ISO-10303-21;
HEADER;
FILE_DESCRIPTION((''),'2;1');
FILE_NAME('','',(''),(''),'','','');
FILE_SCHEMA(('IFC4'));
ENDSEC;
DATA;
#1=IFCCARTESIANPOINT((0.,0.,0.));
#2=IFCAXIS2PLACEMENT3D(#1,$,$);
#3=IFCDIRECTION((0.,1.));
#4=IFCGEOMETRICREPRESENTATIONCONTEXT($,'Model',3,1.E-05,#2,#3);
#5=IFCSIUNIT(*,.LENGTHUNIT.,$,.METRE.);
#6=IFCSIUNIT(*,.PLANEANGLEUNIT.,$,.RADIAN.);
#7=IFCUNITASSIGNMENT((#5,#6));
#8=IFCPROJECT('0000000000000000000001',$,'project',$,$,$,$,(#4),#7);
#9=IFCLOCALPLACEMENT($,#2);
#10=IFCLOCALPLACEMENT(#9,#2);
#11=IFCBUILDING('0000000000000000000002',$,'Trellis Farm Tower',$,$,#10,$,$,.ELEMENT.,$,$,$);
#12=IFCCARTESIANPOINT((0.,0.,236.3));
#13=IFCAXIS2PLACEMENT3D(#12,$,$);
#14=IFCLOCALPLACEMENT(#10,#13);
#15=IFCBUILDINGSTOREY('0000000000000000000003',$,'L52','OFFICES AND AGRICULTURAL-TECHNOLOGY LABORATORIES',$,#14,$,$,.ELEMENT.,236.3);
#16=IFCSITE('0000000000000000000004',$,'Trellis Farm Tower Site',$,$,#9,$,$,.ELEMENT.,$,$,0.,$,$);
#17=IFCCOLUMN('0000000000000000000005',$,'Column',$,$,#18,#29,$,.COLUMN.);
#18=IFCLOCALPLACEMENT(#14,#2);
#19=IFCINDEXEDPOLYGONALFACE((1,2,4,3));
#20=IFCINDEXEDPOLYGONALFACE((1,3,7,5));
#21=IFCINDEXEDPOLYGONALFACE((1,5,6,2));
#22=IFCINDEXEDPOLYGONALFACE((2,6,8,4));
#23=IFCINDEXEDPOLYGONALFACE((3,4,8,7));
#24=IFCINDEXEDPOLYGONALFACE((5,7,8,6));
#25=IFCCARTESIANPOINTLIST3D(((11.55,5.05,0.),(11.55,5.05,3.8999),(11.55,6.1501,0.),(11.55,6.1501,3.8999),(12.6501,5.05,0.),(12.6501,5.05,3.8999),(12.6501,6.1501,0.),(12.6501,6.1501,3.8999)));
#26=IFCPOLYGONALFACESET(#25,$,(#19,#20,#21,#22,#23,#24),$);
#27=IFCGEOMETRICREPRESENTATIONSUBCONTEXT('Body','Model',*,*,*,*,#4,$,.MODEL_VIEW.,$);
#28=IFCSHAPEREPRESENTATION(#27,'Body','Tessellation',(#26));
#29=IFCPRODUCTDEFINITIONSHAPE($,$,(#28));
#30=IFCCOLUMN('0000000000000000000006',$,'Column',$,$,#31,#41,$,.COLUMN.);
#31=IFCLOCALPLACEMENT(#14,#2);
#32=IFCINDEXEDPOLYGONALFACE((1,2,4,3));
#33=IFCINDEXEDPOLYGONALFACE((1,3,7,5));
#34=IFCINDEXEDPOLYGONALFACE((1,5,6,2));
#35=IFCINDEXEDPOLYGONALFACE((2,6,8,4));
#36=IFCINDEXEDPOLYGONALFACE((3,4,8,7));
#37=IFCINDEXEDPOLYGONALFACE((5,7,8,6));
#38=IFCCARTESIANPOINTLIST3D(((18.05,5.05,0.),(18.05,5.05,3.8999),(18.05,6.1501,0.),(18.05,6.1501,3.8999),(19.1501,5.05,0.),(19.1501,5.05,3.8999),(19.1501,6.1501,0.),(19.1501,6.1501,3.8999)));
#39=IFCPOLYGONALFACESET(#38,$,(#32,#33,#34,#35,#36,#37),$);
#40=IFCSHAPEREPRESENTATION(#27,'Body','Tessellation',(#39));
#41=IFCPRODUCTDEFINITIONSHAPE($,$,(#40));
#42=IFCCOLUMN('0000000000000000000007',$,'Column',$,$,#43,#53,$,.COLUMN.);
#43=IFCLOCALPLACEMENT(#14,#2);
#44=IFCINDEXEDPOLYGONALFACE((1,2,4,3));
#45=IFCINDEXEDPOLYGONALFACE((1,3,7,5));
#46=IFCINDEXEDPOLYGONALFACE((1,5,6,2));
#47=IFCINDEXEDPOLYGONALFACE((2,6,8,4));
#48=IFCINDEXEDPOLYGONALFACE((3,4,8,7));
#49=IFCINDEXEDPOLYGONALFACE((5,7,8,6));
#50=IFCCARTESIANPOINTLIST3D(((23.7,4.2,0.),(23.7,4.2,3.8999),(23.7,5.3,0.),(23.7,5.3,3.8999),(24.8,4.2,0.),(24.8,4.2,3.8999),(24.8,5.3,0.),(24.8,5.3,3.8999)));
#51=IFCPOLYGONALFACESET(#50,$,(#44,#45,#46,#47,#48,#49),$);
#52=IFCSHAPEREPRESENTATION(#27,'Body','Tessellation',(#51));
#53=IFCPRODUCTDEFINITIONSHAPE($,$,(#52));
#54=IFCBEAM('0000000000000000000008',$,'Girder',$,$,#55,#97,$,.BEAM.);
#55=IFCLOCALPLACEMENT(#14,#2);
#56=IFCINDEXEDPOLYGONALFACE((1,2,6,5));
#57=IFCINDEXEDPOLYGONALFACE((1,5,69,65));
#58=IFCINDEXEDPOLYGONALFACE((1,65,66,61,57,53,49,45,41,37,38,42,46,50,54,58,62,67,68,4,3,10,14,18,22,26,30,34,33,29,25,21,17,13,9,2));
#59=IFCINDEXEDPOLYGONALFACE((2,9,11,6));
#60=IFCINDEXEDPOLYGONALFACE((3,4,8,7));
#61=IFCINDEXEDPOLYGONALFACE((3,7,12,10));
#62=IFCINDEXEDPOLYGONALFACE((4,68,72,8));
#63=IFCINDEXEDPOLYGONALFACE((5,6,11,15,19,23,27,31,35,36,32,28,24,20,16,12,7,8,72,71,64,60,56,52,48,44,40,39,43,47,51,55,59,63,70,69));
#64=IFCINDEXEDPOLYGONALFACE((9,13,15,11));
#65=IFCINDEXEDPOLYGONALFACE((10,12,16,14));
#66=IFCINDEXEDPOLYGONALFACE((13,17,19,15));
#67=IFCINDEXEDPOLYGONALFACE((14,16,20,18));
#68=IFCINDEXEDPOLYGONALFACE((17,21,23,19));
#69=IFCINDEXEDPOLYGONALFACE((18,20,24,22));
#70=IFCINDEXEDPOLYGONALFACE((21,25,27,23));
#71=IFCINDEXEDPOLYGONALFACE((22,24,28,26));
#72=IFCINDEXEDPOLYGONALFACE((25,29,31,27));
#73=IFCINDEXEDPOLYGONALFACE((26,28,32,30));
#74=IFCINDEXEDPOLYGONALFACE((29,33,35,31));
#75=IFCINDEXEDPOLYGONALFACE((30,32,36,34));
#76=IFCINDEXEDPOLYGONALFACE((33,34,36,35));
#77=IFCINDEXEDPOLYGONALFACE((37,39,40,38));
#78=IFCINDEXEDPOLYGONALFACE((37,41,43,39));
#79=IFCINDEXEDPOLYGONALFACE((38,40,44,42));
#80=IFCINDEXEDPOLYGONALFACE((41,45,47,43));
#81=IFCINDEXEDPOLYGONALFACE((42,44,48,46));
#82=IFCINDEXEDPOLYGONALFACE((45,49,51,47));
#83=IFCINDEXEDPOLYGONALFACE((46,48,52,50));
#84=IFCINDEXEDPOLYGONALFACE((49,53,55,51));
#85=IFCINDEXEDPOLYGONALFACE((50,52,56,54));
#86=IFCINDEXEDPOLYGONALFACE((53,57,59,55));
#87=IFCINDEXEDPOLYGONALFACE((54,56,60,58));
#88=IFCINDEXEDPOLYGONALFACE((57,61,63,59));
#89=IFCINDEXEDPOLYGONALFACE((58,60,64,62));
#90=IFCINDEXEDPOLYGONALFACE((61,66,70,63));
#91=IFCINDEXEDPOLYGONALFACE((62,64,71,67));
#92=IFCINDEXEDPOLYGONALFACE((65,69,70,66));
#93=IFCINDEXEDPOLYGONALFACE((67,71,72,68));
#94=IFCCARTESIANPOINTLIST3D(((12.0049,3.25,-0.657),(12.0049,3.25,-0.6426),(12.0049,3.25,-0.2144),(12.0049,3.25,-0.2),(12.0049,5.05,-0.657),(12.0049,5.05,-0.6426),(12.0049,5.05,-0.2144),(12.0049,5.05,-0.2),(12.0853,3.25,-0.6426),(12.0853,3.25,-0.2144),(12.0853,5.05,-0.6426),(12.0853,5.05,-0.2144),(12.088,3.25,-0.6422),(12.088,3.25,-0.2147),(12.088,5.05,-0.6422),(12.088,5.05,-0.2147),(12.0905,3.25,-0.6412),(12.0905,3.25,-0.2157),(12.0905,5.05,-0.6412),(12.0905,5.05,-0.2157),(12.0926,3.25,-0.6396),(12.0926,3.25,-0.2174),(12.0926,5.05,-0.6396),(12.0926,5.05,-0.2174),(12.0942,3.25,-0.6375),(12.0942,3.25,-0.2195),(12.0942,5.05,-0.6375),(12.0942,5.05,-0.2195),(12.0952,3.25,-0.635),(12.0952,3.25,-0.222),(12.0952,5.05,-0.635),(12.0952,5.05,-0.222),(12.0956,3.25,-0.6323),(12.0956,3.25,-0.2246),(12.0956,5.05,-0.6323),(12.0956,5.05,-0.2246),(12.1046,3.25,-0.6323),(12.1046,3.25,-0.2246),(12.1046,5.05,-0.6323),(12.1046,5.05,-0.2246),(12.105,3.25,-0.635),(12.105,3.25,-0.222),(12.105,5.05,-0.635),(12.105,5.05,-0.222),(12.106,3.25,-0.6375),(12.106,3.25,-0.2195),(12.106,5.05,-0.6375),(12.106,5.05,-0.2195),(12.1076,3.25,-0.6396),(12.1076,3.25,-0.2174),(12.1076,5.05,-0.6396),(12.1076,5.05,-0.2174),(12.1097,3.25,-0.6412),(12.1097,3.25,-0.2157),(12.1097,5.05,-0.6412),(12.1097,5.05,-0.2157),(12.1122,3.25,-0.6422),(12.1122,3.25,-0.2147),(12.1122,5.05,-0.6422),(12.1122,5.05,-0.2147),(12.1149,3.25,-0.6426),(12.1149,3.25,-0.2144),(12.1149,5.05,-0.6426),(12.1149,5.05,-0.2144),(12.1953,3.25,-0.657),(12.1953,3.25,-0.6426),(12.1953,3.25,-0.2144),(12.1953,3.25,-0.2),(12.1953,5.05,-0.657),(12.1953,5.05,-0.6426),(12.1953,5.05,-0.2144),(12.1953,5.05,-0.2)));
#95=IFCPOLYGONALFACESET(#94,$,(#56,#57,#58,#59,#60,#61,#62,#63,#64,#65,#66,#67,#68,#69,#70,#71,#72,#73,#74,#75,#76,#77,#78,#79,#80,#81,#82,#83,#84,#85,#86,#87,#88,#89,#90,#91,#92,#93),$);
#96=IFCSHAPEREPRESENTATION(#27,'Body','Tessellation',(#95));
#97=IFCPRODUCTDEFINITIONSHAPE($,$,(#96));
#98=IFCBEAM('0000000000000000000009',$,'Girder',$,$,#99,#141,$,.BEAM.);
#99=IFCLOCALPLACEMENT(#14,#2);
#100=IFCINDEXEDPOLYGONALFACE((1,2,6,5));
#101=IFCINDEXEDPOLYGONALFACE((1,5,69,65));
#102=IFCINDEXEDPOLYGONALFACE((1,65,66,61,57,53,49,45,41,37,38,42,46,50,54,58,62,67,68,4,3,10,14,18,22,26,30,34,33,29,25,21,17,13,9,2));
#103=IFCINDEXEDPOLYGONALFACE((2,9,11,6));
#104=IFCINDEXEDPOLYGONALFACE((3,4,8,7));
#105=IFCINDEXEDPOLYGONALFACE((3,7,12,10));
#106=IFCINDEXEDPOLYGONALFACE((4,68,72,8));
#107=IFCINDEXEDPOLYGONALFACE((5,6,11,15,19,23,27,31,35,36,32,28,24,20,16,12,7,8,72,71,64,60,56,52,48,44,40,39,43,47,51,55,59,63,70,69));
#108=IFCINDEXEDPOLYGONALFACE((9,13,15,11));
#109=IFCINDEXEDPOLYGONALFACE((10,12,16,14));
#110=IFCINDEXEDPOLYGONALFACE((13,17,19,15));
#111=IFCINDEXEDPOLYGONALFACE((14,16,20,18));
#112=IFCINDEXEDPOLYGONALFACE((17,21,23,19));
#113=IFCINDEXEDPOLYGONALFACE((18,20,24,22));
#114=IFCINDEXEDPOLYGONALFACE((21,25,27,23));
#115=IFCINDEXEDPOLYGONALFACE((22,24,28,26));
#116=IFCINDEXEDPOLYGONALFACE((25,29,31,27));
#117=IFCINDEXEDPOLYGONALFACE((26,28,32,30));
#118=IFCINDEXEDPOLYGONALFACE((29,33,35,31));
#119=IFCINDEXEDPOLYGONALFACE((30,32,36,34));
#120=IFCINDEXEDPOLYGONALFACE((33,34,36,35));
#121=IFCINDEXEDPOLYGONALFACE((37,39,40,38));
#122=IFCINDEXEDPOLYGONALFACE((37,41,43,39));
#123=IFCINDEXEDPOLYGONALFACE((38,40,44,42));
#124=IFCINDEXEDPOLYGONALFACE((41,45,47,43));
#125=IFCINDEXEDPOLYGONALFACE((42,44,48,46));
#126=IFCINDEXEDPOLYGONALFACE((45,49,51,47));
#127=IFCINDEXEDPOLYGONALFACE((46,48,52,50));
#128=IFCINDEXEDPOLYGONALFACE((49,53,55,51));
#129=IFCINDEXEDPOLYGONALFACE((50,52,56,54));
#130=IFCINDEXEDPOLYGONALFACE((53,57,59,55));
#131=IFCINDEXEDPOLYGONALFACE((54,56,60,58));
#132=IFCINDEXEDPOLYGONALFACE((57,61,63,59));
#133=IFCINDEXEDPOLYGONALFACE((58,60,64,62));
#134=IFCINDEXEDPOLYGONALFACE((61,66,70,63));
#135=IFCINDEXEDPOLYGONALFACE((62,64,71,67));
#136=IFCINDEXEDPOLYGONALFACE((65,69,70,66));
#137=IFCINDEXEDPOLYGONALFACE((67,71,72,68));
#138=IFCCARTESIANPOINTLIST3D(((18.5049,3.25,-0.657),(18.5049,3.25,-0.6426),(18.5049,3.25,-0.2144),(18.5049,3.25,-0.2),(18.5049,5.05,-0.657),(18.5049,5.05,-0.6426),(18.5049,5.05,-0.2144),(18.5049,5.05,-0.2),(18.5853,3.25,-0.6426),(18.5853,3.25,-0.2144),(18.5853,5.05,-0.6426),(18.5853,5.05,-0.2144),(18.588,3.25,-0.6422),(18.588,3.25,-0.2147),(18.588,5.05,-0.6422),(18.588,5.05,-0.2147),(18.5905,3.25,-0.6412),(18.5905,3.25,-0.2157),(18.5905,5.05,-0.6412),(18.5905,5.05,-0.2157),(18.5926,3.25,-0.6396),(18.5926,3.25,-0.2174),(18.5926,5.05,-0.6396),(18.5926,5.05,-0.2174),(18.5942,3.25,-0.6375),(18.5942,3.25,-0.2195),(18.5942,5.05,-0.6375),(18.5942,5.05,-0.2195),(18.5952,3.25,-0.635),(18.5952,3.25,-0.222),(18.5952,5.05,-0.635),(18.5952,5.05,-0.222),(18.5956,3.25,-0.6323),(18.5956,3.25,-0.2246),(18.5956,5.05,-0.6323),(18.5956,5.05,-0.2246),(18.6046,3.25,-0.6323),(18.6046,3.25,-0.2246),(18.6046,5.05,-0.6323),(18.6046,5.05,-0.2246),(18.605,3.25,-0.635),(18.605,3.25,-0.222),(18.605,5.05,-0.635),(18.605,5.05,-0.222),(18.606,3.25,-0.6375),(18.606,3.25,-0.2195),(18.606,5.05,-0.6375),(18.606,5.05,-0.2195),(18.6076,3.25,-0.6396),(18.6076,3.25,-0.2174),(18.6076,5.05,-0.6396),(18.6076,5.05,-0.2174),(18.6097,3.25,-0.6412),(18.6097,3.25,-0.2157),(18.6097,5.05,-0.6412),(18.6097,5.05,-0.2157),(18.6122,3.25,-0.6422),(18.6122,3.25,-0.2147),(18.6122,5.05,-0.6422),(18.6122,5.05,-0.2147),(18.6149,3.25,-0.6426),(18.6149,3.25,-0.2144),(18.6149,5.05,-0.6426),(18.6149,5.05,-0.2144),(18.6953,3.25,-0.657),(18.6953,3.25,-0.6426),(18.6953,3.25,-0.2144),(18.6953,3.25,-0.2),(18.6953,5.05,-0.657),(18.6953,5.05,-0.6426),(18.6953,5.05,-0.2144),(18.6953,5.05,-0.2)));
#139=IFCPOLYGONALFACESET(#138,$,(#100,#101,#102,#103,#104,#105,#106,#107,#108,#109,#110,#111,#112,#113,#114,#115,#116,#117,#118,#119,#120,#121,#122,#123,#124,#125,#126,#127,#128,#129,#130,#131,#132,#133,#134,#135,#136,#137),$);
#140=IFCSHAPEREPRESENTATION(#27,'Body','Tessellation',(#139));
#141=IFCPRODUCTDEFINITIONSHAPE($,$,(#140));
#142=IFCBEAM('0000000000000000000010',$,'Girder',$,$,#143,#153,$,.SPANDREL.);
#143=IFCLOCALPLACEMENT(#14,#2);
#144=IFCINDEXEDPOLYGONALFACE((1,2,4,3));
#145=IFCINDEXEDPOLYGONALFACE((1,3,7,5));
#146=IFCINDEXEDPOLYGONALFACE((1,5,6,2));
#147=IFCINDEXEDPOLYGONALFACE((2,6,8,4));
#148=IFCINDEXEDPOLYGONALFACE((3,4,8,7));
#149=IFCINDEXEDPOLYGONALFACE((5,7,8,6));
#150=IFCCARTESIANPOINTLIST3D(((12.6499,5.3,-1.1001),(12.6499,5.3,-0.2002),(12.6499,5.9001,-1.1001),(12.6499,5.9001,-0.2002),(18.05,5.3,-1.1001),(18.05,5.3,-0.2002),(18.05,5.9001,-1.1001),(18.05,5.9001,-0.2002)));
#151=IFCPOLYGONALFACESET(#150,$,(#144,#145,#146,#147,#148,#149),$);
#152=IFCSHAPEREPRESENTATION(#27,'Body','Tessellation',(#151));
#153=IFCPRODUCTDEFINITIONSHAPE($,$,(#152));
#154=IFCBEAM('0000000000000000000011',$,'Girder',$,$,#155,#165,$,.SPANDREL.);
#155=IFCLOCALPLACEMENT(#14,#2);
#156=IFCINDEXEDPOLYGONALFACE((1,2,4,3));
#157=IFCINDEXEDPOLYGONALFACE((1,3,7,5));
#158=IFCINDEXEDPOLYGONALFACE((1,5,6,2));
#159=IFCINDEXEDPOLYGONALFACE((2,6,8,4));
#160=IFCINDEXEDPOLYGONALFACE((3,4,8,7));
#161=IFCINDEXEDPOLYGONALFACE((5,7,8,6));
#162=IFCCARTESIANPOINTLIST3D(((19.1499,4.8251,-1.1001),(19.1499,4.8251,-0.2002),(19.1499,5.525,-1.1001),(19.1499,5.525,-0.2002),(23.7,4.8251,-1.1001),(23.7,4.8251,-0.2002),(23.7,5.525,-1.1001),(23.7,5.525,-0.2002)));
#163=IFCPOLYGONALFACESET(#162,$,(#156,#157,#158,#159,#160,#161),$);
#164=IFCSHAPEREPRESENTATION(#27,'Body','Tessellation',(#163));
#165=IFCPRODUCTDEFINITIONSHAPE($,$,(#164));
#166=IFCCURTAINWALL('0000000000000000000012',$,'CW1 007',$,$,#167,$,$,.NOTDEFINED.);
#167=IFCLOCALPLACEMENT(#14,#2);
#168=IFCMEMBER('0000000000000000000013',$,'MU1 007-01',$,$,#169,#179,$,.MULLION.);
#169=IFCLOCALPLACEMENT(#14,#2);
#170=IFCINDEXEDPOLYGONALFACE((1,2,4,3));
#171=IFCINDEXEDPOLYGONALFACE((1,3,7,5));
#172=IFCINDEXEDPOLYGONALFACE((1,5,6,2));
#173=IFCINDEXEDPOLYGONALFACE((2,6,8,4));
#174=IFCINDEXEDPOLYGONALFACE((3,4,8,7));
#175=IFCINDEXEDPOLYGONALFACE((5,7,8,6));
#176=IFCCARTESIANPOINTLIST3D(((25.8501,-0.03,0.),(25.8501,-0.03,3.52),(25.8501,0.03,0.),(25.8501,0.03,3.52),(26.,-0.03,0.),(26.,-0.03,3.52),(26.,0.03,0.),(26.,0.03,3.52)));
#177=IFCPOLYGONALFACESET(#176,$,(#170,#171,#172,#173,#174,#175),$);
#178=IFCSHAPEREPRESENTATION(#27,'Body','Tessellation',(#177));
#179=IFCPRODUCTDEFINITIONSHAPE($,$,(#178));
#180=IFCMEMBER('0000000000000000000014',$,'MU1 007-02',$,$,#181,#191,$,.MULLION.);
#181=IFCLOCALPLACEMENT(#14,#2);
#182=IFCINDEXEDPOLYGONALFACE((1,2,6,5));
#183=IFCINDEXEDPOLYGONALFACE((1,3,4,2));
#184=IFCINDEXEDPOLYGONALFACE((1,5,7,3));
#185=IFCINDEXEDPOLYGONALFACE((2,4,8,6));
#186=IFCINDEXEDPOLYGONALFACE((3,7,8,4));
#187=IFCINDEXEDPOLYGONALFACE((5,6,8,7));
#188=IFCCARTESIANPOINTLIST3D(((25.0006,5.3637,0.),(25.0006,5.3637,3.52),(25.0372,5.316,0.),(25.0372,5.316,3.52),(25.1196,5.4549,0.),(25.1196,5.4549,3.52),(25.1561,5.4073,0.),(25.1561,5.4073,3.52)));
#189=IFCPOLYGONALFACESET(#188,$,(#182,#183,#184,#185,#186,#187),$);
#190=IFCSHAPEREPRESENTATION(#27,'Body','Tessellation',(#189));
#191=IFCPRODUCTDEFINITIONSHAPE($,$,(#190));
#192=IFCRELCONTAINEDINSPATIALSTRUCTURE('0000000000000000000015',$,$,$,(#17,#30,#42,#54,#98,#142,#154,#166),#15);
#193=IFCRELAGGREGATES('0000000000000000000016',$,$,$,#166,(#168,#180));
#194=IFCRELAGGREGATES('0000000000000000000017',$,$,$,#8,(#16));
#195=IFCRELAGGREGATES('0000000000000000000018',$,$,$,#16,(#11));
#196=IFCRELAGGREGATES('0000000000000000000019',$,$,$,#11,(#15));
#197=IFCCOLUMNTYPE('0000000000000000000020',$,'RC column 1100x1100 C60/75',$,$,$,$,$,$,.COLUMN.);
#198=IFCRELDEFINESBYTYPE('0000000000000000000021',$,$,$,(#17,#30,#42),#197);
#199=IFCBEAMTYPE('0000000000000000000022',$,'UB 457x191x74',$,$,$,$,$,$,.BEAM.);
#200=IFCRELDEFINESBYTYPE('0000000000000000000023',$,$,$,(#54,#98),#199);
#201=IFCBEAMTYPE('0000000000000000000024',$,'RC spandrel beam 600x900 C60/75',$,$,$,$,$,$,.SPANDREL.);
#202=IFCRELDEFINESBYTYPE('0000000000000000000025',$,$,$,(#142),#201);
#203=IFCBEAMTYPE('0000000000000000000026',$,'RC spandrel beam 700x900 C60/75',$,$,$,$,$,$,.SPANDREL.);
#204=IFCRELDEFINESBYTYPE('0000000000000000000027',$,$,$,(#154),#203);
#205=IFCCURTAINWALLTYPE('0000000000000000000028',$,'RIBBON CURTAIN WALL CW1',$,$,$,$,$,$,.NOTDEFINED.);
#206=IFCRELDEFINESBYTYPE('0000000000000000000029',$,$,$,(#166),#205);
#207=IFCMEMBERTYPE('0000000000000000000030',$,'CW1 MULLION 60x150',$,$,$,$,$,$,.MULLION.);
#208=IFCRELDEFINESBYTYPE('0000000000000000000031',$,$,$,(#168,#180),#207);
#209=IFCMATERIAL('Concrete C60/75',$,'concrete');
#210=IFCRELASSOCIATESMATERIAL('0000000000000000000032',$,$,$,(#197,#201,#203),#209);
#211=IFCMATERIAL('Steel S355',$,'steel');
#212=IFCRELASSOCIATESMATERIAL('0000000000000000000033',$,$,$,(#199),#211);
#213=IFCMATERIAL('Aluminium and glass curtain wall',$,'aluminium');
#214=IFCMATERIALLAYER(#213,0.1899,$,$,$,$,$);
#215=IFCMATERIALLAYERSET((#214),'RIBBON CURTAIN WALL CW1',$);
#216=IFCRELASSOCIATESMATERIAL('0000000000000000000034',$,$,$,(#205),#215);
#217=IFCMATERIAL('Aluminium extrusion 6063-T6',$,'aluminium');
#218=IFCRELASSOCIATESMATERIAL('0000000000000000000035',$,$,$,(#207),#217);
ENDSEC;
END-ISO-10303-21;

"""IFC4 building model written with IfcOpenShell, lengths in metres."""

from ifc_helpers import new_model, si_unit, direction, frame, origin, origin_2d, place, context, subcontext, project, spatial, rectangle, i_section, extrude, source, transform, mapped, material, layer, layer_set, material_profile, profile_set, type_object, element, aggregate, save


model = new_model("IFC4")

# Units and contexts
model_context = context("Model", 3, precision=1e-05, world=origin(), true_north=direction((0.0, 1.0)))
body_context = subcontext(model_context, "Body", "Model", "MODEL_VIEW")
ifc_project = project(units=[si_unit("LENGTHUNIT", "METRE"), si_unit("PLANEANGLEUNIT", "RADIAN")], contexts=[model_context])

# Site, building, storey
site_placement = place(None, origin())
site = spatial("IfcSite", under=ifc_project, at=site_placement, Name="Trellis Farm Tower Site", CompositionType="ELEMENT", RefElevation=0.0)
building_placement = place(site_placement, origin())
building = spatial("IfcBuilding", under=site, at=building_placement, Name="Trellis Farm Tower", CompositionType="ELEMENT")
storey_placement = place(building_placement, frame((0.0, 0.0, 236.3)))
storey = spatial("IfcBuildingStorey", under=building, at=storey_placement, Name="L52", Description="OFFICES AND AGRICULTURAL-TECHNOLOGY LABORATORIES", CompositionType="ELEMENT", Elevation=236.3)

# Columns
ifc_material_1 = material(Name="Concrete C60/75", Category="concrete")
ifc_material_profile_1 = material_profile(ifc_material_1, rectangle(XDim=1.1001, YDim=1.1001, at=origin_2d()), Name="RC column 1100x1100 C60/75")
ifc_profile_set_1 = profile_set([ifc_material_profile_1], Name="Concrete C60/75")
column_type = type_object("IfcColumnType", Name="RC column 1100x1100 C60/75", PredefinedType="COLUMN", material=ifc_profile_set_1)
shared_shape_1 = source(origin(), body_context, "Body", "SweptSolid", [
    extrude(rectangle(XDim=1.1001, YDim=1.1001, at=origin_2d()), origin(), (0.0, 0.0, 1.0), 3.8999),
])
for number, where, z_axis, x_axis, name in (
    (1, (12.1001, 5.6001, 0.0), (0.0, 0.0, 1.0), (1.0, 0.0, 0.0), "Column"),
    (2, (18.6001, 5.6001, 0.0), (0.0, 0.0, 1.0), (1.0, 0.0, 0.0), "Column"),
    (3, (24.25, 4.75, 0.0), (0.0, 0.0, 1.0), (1.0, 0.0, 0.0), "Column"),
):
    element("IfcColumn", number, at=place(storey_placement, frame(where, z_axis=z_axis, x_axis=x_axis)), inside=storey, type_object=column_type, Name=name, PredefinedType="COLUMN", context=body_context, shape_type="MappedRepresentation", body=[
        mapped(shared_shape_1, transform((0.0, 0.0, 0.0))),
    ])

# Beams
ifc_material_2 = material(Name="Steel S355", Category="steel")
ifc_material_profile_2 = material_profile(ifc_material_2, i_section(OverallWidth=0.1904, OverallDepth=0.457, WebThickness=0.009, FlangeThickness=0.0144, FilletRadius=0.0103, at=origin_2d()), Name="UB 457x191x74")
ifc_profile_set_2 = profile_set([ifc_material_profile_2], Name="Steel S355")
beam_type_1 = type_object("IfcBeamType", Name="UB 457x191x74", PredefinedType="BEAM", material=ifc_profile_set_2)
shared_shape_2 = source(origin(), body_context, "Body", "SweptSolid", [
    extrude(i_section(OverallWidth=0.1904, OverallDepth=0.457, WebThickness=0.009, FlangeThickness=0.0144, FilletRadius=0.0103, at=origin_2d()), origin(), (0.0, 0.0, 1.0), 1.8),
])
for number, where, z_axis, x_axis, name in (
    (4, (12.1001, 3.25, -0.4285), (0.0, 1.0, 0.0), (-1.0, 0.0, 0.0), "Girder"),
    (5, (18.6001, 3.25, -0.4285), (0.0, 1.0, 0.0), (-1.0, 0.0, 0.0), "Girder"),
):
    element("IfcBeam", number, at=place(storey_placement, frame(where, z_axis=z_axis, x_axis=x_axis)), inside=storey, type_object=beam_type_1, Name=name, PredefinedType="BEAM", context=body_context, shape_type="MappedRepresentation", body=[
        mapped(shared_shape_2, transform((0.0, 0.0, 0.0))),
    ])
ifc_material_profile_3 = material_profile(ifc_material_1, rectangle(XDim=0.6001, YDim=0.8999, at=origin_2d()), Name="RC spandrel beam 600x900 C60/75")
ifc_profile_set_3 = profile_set([ifc_material_profile_3], Name="Concrete C60/75")
beam_type_2 = type_object("IfcBeamType", Name="RC spandrel beam 600x900 C60/75", PredefinedType="SPANDREL", material=ifc_profile_set_3)
shared_shape_3 = source(origin(), body_context, "Body", "SweptSolid", [
    extrude(rectangle(XDim=0.6001, YDim=0.8999, at=origin_2d()), origin(), (0.0, 0.0, 1.0), 5.4001),
])
beam_1_placement = place(storey_placement, frame((12.6499, 5.6001, -0.6501), z_axis=(1.0, 0.0, 0.0), x_axis=(0.0, 1.0, 0.0)))
element("IfcBeam", 6, at=beam_1_placement, inside=storey, type_object=beam_type_2, Name="Girder", PredefinedType="SPANDREL", context=body_context, shape_type="MappedRepresentation", body=[
    mapped(shared_shape_3, transform((0.0, 0.0, 0.0))),
])
ifc_material_profile_4 = material_profile(ifc_material_1, rectangle(XDim=0.7, YDim=0.8999, at=origin_2d()), Name="RC spandrel beam 700x900 C60/75")
ifc_profile_set_4 = profile_set([ifc_material_profile_4], Name="Concrete C60/75")
beam_type_3 = type_object("IfcBeamType", Name="RC spandrel beam 700x900 C60/75", PredefinedType="SPANDREL", material=ifc_profile_set_4)
shared_shape_4 = source(origin(), body_context, "Body", "SweptSolid", [
    extrude(rectangle(XDim=0.7, YDim=0.8999, at=origin_2d()), origin(), (0.0, 0.0, 1.0), 4.55),
])
beam_2_placement = place(storey_placement, frame((19.1499, 5.175, -0.6501), z_axis=(1.0, 0.0, 0.0), x_axis=(0.0, 1.0, 0.0)))
element("IfcBeam", 7, at=beam_2_placement, inside=storey, type_object=beam_type_3, Name="Girder", PredefinedType="SPANDREL", context=body_context, shape_type="MappedRepresentation", body=[
    mapped(shared_shape_4, transform((0.0, 0.0, 0.0))),
])

# Curtain wall, members
ifc_material_3 = material(Name="Aluminium and glass curtain wall", Category="aluminium")
ifc_layer_1 = layer(ifc_material_3, 0.1899)
ifc_layer_set_1 = layer_set([ifc_layer_1], Name="RIBBON CURTAIN WALL CW1")
curtain_wall_type = type_object("IfcCurtainWallType", Name="RIBBON CURTAIN WALL CW1", PredefinedType="NOTDEFINED", material=ifc_layer_set_1)
placement = place(storey_placement, origin())
curtain_wall_1 = element("IfcCurtainWall", 8, at=placement, inside=storey, type_object=curtain_wall_type, Name="CW1 007", PredefinedType="NOTDEFINED")
ifc_material_4 = material(Name="Aluminium extrusion 6063-T6", Category="aluminium")
ifc_material_profile_5 = material_profile(ifc_material_4, rectangle(XDim=0.0601, YDim=0.1499, at=origin_2d()), Name="MULLION 60x150")
ifc_profile_set_5 = profile_set([ifc_material_profile_5], Name="Aluminium extrusion 6063-T6")
member_type = type_object("IfcMemberType", Name="CW1 MULLION 60x150", PredefinedType="MULLION", material=ifc_profile_set_5)
shared_shape_5 = source(origin(), body_context, "Body", "SweptSolid", [
    extrude(rectangle(XDim=0.0601, YDim=0.1499, at=origin_2d()), origin(), (0.0, 0.0, 1.0), 3.52),
])
member_1_placement = place(storey_placement, frame((25.925, 0.0, 0.0), z_axis=(0.0, 0.0, 1.0), x_axis=(0.0, 1.0, 0.0)))
member_1 = element("IfcMember", 9, at=member_1_placement, type_object=member_type, Name="MU1 007-01", PredefinedType="MULLION", context=body_context, shape_type="MappedRepresentation", body=[
    mapped(shared_shape_5, transform((0.0, 0.0, 0.0))),
])
member_2_placement = place(storey_placement, frame((25.0784, 5.3855, 0.0), z_axis=(0.0, 0.0, 1.0), x_axis=(-0.608761, 0.793353, 0.0)))
member_2 = element("IfcMember", 10, at=member_2_placement, type_object=member_type, Name="MU1 007-02", PredefinedType="MULLION", context=body_context, shape_type="MappedRepresentation", body=[
    mapped(shared_shape_5, transform((0.0, 0.0, 0.0))),
])
aggregate(curtain_wall_1, [member_1, member_2])

save(model, "model.ifc")
